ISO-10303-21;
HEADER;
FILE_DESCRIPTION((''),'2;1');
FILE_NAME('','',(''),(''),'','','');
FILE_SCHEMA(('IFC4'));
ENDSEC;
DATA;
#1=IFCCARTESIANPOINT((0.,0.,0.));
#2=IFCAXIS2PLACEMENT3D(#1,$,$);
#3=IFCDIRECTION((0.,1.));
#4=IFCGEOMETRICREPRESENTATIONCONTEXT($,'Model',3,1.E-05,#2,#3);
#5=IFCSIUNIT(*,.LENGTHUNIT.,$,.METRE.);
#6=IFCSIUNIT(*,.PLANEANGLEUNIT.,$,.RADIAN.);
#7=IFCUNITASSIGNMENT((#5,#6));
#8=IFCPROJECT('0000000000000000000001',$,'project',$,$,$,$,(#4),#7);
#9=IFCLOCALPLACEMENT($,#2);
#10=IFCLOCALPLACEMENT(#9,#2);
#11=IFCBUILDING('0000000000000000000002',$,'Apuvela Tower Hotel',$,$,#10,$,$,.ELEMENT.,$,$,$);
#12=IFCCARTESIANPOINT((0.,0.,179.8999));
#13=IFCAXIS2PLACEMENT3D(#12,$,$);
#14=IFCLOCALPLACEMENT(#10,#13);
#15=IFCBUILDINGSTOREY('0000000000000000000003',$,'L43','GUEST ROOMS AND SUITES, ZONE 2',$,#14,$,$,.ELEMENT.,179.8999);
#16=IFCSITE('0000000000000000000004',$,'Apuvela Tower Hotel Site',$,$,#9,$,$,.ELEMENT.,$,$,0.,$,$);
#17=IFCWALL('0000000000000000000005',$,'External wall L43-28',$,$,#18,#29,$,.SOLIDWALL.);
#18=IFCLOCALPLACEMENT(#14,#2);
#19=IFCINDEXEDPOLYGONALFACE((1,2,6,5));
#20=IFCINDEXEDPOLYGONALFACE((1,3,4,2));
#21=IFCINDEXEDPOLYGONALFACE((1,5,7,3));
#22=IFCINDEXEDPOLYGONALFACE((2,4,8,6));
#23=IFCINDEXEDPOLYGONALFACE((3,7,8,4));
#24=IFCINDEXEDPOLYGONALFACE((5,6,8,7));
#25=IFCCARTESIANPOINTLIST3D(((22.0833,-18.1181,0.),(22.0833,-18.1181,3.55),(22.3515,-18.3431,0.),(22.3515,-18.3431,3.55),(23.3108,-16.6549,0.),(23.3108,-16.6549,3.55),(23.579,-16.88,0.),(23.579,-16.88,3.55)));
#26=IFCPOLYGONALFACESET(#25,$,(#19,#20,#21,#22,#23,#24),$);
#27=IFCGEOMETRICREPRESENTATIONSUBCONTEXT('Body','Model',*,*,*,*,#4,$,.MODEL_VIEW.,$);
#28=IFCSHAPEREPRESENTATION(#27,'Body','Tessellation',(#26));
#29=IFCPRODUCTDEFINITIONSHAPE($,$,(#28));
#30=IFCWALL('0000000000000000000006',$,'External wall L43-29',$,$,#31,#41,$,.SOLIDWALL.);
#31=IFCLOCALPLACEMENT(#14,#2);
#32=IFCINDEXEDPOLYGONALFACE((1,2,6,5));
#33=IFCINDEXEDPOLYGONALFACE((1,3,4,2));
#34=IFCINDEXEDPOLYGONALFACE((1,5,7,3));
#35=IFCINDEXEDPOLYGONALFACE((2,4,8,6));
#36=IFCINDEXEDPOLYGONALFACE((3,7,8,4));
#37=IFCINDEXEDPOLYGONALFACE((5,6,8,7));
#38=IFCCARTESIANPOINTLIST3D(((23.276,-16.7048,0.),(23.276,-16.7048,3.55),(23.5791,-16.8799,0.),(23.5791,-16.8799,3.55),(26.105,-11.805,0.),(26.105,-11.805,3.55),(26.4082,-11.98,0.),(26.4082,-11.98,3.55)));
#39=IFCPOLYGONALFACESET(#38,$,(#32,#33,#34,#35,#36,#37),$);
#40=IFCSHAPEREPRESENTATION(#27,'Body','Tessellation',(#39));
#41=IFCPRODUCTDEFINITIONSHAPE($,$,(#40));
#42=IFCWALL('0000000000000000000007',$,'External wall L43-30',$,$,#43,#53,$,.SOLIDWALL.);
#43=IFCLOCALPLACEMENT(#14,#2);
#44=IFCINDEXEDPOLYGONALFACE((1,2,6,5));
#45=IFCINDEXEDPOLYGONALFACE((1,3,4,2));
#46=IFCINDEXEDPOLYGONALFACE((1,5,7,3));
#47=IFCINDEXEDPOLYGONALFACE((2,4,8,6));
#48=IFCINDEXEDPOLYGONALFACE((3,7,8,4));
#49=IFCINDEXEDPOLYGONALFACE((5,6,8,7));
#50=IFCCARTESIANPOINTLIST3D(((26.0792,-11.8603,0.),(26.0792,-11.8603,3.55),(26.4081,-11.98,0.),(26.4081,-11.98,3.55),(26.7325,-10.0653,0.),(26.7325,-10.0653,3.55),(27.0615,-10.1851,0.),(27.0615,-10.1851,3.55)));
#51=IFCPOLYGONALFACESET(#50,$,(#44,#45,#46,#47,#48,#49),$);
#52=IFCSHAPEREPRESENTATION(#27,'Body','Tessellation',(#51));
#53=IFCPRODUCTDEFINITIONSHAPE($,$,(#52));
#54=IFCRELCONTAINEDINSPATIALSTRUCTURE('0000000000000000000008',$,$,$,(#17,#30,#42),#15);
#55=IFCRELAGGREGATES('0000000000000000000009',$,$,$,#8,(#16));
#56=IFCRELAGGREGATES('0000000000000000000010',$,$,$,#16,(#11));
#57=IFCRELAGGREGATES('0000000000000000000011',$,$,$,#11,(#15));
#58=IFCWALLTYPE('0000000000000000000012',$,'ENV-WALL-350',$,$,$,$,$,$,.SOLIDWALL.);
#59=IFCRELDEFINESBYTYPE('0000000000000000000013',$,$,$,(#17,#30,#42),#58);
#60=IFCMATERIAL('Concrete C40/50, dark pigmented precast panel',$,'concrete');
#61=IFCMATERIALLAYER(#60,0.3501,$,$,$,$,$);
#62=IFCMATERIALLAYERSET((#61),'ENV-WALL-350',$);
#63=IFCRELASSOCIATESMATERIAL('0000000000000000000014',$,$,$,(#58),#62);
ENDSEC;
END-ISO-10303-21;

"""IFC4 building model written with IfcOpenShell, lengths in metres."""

from ifc_helpers import new_model, si_unit, direction, frame, frame_2d, origin, place, context, subcontext, project, spatial, rectangle, extrude, material, layer, layer_set, type_object, element, save


model = new_model("IFC4")

# Units and contexts
model_context = context("Model", 3, precision=1e-05, world=origin(), true_north=direction((0.0, 1.0)))
body_context = subcontext(model_context, "Body", "Model", "MODEL_VIEW")
ifc_project = project(units=[si_unit("LENGTHUNIT", "METRE"), si_unit("PLANEANGLEUNIT", "RADIAN")], contexts=[model_context])

# Site, building, storey
site_placement = place(None, origin())
site = spatial("IfcSite", under=ifc_project, at=site_placement, Name="Apuvela Tower Hotel Site", CompositionType="ELEMENT", RefElevation=0.0)
building_placement = place(site_placement, origin())
building = spatial("IfcBuilding", under=site, at=building_placement, Name="Apuvela Tower Hotel", CompositionType="ELEMENT")
storey_placement = place(building_placement, frame((0.0, 0.0, 179.8999)))
storey = spatial("IfcBuildingStorey", under=building, at=storey_placement, Name="L43", Description="GUEST ROOMS AND SUITES, ZONE 2", CompositionType="ELEMENT", Elevation=179.8999)

# Shared definitions
ifc_material_1 = material(Name="Concrete C40/50, dark pigmented precast panel", Category="concrete")
ifc_layer_1 = layer(ifc_material_1, 0.3501)
ifc_layer_set_1 = layer_set([ifc_layer_1], Name="ENV-WALL-350")
wall_type_1 = type_object("IfcWallType", Name="ENV-WALL-350", PredefinedType="SOLIDWALL", material=ifc_layer_set_1)

# Walls
for number, where, z_axis, x_axis, name in (
    (1, (22.2173, -18.2307, 0.0), (0.0, 0.0, 1.0), (0.642733, 0.76609, 0.0), "External wall L43-28"),
):
    element("IfcWall", number, at=place(storey_placement, frame(where, z_axis=z_axis, x_axis=x_axis)), inside=storey, type_object=wall_type_1, Name=name, PredefinedType="SOLIDWALL", context=body_context, shape_type="SweptSolid", body=[
        extrude(rectangle(XDim=1.9099, YDim=0.3501, at=frame_2d((0.9551, 0.0))), origin(), (0.0, 0.0, 1.0), 3.55),
    ])
wall_1_placement = place(storey_placement, frame((23.4275, -16.7925, 0.0), z_axis=(0.0, 0.0, 1.0), x_axis=(0.500019, 0.866015, 0.0)))
element("IfcWall", 2, at=wall_1_placement, inside=storey, type_object=wall_type_1, Name="External wall L43-29", PredefinedType="SOLIDWALL", context=body_context, shape_type="SweptSolid", body=[
    extrude(rectangle(XDim=5.658, YDim=0.3501, at=frame_2d((2.8291, 0.0))), origin(), (0.0, 0.0, 1.0), 3.55),
])
wall_2_placement = place(storey_placement, frame((26.2437, -11.9202, 0.0), z_axis=(0.0, 0.0, 1.0), x_axis=(0.34203, 0.939689, 0.0)))
element("IfcWall", 3, at=wall_2_placement, inside=storey, type_object=wall_type_1, Name="External wall L43-30", PredefinedType="SOLIDWALL", context=body_context, shape_type="SweptSolid", body=[
    extrude(rectangle(XDim=1.9102, YDim=0.3501, at=frame_2d((0.9551, 0.0))), origin(), (0.0, 0.0, 1.0), 3.55),
])

save(model, "model.ifc")
